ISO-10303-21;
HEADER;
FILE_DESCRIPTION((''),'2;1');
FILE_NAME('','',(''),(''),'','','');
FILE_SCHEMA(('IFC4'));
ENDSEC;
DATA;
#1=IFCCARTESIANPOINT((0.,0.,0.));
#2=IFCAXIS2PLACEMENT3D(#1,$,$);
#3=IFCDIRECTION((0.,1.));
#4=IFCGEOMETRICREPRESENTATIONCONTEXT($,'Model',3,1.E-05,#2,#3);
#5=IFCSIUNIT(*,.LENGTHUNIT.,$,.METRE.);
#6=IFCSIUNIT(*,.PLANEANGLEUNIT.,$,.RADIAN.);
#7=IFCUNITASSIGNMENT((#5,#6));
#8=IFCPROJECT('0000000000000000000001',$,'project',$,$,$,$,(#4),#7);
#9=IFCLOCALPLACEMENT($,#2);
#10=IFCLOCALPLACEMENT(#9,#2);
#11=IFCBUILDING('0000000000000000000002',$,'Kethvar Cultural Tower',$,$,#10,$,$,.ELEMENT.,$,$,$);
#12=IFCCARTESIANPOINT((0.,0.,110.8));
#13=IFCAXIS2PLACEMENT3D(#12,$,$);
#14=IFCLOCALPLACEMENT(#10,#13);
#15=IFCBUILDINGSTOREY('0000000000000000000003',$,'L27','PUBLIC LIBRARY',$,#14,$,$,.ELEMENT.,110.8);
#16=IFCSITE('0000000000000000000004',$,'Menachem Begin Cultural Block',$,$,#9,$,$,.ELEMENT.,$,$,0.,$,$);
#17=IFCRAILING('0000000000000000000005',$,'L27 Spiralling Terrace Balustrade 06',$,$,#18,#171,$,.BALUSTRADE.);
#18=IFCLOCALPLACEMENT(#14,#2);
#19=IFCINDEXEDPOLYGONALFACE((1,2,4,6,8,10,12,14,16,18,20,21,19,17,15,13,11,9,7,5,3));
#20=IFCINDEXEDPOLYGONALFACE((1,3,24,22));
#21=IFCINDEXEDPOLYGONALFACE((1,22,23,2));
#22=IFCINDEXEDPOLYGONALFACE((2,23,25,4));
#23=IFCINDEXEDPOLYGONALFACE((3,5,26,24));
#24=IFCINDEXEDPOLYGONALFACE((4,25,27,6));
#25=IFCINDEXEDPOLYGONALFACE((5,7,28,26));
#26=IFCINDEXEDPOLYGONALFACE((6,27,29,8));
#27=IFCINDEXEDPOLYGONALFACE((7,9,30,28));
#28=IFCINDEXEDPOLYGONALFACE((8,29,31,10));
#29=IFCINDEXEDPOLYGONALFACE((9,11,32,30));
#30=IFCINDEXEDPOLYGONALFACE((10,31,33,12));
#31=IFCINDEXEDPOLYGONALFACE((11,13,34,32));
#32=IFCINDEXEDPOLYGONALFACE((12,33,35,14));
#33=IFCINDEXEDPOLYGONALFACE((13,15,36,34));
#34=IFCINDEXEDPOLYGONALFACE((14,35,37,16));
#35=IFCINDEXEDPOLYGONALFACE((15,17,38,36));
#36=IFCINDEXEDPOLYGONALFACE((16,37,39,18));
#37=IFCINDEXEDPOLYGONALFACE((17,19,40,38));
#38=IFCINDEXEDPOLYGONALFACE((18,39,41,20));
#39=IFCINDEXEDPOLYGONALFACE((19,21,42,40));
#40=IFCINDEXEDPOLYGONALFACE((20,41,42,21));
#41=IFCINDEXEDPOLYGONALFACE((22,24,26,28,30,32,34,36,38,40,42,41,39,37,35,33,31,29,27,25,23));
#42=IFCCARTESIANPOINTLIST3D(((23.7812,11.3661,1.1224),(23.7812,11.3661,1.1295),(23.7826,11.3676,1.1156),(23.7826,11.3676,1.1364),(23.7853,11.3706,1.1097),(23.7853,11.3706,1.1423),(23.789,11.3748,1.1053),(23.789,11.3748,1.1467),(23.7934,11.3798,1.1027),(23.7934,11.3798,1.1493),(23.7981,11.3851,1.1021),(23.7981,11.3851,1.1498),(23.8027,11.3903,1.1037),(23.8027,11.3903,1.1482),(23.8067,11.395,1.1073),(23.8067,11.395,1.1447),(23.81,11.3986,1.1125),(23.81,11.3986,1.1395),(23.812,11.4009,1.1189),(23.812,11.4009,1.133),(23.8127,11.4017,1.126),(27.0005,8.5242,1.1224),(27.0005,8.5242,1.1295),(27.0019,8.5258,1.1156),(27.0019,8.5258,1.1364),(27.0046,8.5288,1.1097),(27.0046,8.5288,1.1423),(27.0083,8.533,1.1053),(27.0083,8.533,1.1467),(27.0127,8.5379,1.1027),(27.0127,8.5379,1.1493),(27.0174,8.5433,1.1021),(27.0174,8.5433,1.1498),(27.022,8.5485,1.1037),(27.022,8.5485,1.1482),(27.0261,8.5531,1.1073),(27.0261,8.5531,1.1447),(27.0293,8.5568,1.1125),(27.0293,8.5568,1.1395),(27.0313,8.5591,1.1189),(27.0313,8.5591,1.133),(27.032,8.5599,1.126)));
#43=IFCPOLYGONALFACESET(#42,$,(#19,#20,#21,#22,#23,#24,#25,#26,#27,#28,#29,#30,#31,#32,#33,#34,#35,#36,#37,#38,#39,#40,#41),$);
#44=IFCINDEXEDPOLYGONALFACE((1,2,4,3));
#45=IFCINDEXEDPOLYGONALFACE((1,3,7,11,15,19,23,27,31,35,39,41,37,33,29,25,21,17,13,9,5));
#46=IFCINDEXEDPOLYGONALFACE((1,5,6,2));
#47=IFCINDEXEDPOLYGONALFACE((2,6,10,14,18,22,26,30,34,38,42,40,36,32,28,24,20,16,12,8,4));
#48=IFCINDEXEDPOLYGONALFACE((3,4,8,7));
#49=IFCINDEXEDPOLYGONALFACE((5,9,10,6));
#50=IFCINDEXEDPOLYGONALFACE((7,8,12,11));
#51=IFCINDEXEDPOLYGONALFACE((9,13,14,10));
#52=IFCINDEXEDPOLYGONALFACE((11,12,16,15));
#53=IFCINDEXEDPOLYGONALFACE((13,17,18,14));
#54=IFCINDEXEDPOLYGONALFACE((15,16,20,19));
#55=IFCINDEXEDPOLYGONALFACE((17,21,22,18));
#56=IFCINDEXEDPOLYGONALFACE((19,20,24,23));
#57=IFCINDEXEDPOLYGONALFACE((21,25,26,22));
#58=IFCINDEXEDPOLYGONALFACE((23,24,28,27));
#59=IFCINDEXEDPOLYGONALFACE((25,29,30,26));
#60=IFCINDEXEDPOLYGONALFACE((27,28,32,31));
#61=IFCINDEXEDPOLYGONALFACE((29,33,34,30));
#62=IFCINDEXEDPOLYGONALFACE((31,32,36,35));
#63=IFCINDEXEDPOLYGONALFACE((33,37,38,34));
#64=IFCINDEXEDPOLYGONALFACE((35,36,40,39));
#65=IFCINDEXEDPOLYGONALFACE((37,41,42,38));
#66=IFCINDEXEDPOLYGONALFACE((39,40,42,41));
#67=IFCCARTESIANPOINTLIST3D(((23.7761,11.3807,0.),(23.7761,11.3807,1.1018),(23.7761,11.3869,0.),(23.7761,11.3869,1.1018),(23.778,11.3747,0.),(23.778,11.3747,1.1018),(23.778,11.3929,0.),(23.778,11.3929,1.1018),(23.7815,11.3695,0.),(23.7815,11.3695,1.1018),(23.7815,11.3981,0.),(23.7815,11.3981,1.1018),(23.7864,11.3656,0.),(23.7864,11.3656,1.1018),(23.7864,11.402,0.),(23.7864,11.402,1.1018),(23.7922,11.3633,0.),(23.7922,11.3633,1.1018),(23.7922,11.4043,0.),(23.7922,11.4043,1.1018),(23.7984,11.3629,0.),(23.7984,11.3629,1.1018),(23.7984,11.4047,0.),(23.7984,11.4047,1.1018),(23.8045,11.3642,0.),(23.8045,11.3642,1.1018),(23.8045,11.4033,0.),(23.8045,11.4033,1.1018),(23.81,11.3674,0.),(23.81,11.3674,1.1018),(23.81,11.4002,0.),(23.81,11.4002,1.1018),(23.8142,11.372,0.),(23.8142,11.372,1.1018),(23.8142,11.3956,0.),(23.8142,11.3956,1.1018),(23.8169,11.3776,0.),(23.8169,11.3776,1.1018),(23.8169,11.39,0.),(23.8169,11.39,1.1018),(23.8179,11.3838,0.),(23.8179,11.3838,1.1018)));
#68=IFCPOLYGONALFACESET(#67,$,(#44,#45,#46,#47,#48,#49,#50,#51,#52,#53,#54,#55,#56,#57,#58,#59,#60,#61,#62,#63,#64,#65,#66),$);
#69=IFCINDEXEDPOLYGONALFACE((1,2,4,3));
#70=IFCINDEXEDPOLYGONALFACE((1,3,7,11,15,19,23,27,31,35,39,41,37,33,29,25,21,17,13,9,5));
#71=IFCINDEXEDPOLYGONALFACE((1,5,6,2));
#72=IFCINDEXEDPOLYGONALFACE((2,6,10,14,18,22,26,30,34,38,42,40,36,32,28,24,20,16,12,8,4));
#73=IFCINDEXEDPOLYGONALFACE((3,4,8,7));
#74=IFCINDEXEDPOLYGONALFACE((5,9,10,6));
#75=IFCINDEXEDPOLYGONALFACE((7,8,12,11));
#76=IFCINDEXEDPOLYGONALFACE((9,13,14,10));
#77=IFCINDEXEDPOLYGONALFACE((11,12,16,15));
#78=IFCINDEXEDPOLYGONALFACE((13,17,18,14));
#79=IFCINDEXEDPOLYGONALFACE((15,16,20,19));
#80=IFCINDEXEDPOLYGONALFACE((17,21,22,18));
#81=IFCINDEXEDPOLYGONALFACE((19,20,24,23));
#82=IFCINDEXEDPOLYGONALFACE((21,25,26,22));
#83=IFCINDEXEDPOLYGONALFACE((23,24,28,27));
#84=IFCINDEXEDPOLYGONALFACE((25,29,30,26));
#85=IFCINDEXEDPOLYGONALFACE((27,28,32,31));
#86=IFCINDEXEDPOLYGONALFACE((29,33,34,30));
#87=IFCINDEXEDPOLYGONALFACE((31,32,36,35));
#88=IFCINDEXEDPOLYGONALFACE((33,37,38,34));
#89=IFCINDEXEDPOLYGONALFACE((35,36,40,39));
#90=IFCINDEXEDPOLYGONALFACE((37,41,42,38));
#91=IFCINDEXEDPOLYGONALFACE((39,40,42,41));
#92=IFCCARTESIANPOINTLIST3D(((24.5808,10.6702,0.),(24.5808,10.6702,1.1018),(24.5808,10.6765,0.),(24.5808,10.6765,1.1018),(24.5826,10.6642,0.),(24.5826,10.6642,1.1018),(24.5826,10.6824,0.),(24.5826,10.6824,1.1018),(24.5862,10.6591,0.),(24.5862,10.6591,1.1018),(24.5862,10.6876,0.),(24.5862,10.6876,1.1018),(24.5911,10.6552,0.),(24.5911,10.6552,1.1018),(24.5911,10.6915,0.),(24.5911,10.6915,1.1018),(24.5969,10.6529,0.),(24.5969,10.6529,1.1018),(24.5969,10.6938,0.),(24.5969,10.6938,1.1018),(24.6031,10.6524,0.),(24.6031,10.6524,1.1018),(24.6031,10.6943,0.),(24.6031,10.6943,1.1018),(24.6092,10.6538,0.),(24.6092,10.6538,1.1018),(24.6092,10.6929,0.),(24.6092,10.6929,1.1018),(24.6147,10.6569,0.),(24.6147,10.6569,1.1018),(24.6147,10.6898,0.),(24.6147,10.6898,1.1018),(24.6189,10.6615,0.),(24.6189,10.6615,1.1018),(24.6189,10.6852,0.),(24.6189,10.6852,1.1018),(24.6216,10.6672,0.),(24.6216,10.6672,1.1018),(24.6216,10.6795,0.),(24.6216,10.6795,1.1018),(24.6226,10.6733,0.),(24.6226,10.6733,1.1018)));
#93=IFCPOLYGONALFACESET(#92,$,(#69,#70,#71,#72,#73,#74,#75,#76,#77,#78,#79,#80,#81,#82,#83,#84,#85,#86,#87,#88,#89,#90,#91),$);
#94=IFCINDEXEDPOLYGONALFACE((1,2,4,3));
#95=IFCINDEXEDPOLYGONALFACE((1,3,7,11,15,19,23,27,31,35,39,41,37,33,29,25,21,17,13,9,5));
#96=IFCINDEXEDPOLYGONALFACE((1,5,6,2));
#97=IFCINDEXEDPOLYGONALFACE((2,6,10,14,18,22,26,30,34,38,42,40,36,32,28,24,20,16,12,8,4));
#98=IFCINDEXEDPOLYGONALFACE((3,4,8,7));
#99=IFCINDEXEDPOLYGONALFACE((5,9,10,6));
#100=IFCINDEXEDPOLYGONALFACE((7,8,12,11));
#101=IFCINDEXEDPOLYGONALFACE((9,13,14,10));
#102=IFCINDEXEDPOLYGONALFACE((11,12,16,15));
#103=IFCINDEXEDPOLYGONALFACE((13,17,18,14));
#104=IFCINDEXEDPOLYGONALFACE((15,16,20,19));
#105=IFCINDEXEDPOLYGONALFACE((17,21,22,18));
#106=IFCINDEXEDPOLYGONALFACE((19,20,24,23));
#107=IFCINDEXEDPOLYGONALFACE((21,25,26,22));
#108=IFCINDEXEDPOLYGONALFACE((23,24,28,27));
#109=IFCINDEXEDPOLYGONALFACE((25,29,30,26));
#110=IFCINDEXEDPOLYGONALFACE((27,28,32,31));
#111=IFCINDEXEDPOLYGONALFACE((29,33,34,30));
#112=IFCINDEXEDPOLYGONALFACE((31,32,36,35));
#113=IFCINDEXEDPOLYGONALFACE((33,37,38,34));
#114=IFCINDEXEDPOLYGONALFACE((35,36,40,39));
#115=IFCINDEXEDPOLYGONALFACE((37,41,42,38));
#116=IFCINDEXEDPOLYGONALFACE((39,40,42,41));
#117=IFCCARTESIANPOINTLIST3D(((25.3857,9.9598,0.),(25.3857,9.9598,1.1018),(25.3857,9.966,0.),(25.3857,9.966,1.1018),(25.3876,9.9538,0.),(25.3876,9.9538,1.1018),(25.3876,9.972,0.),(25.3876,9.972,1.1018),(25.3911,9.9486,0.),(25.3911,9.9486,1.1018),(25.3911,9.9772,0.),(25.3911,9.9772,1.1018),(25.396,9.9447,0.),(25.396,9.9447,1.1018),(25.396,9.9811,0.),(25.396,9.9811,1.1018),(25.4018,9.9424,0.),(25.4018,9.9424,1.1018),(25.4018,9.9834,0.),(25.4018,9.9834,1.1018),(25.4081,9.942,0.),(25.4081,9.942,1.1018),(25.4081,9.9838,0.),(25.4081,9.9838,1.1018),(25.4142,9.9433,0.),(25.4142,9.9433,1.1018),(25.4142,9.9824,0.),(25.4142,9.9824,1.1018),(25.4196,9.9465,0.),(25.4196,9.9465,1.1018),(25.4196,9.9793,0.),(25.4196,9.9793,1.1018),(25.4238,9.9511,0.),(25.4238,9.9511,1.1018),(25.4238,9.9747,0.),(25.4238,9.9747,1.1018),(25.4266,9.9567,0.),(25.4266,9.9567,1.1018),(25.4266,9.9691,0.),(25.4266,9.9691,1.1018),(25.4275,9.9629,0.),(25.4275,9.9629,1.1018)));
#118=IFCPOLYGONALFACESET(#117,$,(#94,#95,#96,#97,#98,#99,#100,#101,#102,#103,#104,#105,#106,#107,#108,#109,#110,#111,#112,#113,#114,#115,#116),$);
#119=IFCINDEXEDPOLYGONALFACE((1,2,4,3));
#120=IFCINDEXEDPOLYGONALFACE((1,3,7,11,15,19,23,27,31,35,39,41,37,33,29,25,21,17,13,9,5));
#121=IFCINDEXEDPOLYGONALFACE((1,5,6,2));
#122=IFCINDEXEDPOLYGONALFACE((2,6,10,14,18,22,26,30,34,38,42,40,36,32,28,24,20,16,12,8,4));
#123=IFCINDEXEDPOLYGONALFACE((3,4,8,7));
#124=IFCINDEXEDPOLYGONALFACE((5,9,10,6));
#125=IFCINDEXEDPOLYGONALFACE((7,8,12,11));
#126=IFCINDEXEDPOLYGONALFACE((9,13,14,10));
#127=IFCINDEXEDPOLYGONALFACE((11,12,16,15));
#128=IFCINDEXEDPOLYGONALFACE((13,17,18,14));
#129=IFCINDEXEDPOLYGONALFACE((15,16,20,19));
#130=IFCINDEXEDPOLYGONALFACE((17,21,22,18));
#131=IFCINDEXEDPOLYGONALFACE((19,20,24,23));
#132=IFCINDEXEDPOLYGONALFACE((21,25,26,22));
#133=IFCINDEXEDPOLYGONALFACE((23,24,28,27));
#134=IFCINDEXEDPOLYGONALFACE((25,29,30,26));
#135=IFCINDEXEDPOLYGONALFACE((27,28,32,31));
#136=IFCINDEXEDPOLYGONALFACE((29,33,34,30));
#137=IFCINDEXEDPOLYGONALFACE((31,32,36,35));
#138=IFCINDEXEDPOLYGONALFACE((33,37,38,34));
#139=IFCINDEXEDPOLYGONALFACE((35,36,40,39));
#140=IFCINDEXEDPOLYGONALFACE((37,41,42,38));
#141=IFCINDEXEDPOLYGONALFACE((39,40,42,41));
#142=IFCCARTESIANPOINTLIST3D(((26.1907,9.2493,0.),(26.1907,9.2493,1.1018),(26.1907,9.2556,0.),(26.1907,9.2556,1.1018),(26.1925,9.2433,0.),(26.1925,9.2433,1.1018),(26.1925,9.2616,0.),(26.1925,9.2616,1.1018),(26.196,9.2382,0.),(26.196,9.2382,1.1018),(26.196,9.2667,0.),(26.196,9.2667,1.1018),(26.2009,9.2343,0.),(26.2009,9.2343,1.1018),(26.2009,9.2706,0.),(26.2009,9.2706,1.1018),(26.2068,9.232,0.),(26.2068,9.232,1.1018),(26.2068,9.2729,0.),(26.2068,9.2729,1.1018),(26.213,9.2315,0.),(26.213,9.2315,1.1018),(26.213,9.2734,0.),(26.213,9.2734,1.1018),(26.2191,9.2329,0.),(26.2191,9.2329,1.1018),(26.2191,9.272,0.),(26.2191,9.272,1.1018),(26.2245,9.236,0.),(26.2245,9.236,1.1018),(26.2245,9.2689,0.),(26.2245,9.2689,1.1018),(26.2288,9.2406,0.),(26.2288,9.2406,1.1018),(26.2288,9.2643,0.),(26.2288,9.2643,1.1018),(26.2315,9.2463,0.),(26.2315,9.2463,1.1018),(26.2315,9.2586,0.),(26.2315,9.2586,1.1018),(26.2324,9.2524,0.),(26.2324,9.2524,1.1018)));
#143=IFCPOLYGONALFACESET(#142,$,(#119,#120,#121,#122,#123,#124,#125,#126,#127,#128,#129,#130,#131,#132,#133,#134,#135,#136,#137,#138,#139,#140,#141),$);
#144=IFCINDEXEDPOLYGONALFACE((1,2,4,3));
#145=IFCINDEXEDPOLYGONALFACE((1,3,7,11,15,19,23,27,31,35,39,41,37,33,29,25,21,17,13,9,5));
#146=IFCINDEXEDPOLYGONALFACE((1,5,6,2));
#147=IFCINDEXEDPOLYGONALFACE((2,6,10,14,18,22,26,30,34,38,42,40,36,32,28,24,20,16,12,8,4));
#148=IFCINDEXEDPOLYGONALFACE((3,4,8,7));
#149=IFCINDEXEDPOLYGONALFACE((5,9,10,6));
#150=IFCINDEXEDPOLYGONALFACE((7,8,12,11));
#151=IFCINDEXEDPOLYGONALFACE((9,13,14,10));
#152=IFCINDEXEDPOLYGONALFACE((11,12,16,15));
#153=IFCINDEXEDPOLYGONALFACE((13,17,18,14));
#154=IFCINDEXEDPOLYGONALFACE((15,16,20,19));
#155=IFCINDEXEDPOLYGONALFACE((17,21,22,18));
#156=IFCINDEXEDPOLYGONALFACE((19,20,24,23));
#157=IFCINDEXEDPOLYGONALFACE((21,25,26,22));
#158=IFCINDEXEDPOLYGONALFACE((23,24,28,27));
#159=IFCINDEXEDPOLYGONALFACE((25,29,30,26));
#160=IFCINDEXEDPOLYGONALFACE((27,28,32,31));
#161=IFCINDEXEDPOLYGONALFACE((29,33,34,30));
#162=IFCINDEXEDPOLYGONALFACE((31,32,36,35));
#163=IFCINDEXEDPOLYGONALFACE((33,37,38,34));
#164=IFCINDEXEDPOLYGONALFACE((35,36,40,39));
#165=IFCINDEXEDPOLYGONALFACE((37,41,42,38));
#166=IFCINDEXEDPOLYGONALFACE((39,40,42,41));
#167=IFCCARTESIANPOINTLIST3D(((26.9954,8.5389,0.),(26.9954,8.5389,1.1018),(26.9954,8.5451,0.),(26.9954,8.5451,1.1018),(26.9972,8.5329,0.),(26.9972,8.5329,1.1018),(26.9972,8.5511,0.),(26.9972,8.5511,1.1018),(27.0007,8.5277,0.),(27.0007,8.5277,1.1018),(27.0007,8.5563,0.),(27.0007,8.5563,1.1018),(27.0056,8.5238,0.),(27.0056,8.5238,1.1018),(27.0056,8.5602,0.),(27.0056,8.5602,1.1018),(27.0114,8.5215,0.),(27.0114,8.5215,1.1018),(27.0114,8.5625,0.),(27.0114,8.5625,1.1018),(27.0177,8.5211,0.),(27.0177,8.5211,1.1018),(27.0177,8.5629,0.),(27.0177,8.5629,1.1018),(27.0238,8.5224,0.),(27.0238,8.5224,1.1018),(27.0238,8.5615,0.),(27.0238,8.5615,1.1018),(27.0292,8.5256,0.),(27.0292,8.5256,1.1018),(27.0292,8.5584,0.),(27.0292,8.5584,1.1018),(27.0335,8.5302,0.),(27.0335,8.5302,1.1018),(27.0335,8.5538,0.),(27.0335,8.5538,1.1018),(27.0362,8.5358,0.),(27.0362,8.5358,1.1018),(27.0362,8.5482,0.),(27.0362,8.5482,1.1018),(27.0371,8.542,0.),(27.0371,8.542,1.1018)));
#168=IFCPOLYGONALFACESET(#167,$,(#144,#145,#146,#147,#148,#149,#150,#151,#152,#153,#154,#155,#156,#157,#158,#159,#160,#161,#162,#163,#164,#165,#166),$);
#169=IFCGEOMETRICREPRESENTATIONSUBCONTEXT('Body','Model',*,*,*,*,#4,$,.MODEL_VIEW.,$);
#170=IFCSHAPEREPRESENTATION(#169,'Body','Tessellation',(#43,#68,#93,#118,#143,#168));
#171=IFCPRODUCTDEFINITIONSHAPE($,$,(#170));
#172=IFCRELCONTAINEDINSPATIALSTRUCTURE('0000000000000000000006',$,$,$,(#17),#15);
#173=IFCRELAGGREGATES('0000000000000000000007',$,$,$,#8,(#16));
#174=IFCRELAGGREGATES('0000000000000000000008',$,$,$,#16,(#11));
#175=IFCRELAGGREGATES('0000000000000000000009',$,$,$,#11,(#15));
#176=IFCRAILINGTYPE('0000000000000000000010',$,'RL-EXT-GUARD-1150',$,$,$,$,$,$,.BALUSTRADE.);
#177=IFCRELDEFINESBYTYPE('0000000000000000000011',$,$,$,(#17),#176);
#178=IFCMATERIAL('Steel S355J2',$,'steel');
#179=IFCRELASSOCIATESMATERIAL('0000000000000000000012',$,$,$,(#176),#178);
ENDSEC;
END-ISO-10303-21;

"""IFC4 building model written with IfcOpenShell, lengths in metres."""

from ifc_helpers import new_model, si_unit, direction, frame, origin, origin_2d, place, context, subcontext, project, spatial, circle, extrude, material, type_object, element, save


model = new_model("IFC4")

# Units and contexts
model_context = context("Model", 3, precision=1e-05, world=origin(), true_north=direction((0.0, 1.0)))
body_context = subcontext(model_context, "Body", "Model", "MODEL_VIEW")
ifc_project = project(units=[si_unit("LENGTHUNIT", "METRE"), si_unit("PLANEANGLEUNIT", "RADIAN")], contexts=[model_context])

# Site, building, storey
site_placement = place(None, origin())
site = spatial("IfcSite", under=ifc_project, at=site_placement, Name="Menachem Begin Cultural Block", CompositionType="ELEMENT", RefElevation=0.0)
building_placement = place(site_placement, origin())
building = spatial("IfcBuilding", under=site, at=building_placement, Name="Kethvar Cultural Tower", CompositionType="ELEMENT")
storey_placement = place(building_placement, frame((0.0, 0.0, 110.8)))
storey = spatial("IfcBuildingStorey", under=building, at=storey_placement, Name="L27", Description="PUBLIC LIBRARY", CompositionType="ELEMENT", Elevation=110.8)

# Shared definitions
ifc_material_1 = material(Name="Steel S355J2", Category="steel")

# Railing
railing_type = type_object("IfcRailingType", Name="RL-EXT-GUARD-1150", PredefinedType="BALUSTRADE", material=ifc_material_1)
railing_1_placement = place(storey_placement, frame((23.7969, 11.3838, 0.0)))
element("IfcRailing", 1, at=railing_1_placement, inside=storey, type_object=railing_type, Name="L27 Spiralling Terrace Balustrade 06", PredefinedType="BALUSTRADE", context=body_context, shape_type="SweptSolid", body=[
    extrude(circle(Radius=0.0239, at=origin_2d()), frame((0.0, 0.0, 1.126), z_axis=(0.749689, -0.661791, 0.0), x_axis=(0.661791, 0.749689, 0.0)), (0.0, 0.0, 1.0), 4.2942),
    extrude(circle(Radius=0.021, at=origin_2d()), origin(), (0.0, 0.0, 1.0), 1.1018),
    extrude(circle(Radius=0.021, at=origin_2d()), frame((0.8047, -0.7104, 0.0)), (0.0, 0.0, 1.0), 1.1018),
    extrude(circle(Radius=0.021, at=origin_2d()), frame((1.6096, -1.4209, 0.0)), (0.0, 0.0, 1.0), 1.1018),
    extrude(circle(Radius=0.021, at=origin_2d()), frame((2.4146, -2.1313, 0.0)), (0.0, 0.0, 1.0), 1.1018),
    extrude(circle(Radius=0.021, at=origin_2d()), frame((3.2192, -2.8418, 0.0)), (0.0, 0.0, 1.0), 1.1018),
])

save(model, "model.ifc")
